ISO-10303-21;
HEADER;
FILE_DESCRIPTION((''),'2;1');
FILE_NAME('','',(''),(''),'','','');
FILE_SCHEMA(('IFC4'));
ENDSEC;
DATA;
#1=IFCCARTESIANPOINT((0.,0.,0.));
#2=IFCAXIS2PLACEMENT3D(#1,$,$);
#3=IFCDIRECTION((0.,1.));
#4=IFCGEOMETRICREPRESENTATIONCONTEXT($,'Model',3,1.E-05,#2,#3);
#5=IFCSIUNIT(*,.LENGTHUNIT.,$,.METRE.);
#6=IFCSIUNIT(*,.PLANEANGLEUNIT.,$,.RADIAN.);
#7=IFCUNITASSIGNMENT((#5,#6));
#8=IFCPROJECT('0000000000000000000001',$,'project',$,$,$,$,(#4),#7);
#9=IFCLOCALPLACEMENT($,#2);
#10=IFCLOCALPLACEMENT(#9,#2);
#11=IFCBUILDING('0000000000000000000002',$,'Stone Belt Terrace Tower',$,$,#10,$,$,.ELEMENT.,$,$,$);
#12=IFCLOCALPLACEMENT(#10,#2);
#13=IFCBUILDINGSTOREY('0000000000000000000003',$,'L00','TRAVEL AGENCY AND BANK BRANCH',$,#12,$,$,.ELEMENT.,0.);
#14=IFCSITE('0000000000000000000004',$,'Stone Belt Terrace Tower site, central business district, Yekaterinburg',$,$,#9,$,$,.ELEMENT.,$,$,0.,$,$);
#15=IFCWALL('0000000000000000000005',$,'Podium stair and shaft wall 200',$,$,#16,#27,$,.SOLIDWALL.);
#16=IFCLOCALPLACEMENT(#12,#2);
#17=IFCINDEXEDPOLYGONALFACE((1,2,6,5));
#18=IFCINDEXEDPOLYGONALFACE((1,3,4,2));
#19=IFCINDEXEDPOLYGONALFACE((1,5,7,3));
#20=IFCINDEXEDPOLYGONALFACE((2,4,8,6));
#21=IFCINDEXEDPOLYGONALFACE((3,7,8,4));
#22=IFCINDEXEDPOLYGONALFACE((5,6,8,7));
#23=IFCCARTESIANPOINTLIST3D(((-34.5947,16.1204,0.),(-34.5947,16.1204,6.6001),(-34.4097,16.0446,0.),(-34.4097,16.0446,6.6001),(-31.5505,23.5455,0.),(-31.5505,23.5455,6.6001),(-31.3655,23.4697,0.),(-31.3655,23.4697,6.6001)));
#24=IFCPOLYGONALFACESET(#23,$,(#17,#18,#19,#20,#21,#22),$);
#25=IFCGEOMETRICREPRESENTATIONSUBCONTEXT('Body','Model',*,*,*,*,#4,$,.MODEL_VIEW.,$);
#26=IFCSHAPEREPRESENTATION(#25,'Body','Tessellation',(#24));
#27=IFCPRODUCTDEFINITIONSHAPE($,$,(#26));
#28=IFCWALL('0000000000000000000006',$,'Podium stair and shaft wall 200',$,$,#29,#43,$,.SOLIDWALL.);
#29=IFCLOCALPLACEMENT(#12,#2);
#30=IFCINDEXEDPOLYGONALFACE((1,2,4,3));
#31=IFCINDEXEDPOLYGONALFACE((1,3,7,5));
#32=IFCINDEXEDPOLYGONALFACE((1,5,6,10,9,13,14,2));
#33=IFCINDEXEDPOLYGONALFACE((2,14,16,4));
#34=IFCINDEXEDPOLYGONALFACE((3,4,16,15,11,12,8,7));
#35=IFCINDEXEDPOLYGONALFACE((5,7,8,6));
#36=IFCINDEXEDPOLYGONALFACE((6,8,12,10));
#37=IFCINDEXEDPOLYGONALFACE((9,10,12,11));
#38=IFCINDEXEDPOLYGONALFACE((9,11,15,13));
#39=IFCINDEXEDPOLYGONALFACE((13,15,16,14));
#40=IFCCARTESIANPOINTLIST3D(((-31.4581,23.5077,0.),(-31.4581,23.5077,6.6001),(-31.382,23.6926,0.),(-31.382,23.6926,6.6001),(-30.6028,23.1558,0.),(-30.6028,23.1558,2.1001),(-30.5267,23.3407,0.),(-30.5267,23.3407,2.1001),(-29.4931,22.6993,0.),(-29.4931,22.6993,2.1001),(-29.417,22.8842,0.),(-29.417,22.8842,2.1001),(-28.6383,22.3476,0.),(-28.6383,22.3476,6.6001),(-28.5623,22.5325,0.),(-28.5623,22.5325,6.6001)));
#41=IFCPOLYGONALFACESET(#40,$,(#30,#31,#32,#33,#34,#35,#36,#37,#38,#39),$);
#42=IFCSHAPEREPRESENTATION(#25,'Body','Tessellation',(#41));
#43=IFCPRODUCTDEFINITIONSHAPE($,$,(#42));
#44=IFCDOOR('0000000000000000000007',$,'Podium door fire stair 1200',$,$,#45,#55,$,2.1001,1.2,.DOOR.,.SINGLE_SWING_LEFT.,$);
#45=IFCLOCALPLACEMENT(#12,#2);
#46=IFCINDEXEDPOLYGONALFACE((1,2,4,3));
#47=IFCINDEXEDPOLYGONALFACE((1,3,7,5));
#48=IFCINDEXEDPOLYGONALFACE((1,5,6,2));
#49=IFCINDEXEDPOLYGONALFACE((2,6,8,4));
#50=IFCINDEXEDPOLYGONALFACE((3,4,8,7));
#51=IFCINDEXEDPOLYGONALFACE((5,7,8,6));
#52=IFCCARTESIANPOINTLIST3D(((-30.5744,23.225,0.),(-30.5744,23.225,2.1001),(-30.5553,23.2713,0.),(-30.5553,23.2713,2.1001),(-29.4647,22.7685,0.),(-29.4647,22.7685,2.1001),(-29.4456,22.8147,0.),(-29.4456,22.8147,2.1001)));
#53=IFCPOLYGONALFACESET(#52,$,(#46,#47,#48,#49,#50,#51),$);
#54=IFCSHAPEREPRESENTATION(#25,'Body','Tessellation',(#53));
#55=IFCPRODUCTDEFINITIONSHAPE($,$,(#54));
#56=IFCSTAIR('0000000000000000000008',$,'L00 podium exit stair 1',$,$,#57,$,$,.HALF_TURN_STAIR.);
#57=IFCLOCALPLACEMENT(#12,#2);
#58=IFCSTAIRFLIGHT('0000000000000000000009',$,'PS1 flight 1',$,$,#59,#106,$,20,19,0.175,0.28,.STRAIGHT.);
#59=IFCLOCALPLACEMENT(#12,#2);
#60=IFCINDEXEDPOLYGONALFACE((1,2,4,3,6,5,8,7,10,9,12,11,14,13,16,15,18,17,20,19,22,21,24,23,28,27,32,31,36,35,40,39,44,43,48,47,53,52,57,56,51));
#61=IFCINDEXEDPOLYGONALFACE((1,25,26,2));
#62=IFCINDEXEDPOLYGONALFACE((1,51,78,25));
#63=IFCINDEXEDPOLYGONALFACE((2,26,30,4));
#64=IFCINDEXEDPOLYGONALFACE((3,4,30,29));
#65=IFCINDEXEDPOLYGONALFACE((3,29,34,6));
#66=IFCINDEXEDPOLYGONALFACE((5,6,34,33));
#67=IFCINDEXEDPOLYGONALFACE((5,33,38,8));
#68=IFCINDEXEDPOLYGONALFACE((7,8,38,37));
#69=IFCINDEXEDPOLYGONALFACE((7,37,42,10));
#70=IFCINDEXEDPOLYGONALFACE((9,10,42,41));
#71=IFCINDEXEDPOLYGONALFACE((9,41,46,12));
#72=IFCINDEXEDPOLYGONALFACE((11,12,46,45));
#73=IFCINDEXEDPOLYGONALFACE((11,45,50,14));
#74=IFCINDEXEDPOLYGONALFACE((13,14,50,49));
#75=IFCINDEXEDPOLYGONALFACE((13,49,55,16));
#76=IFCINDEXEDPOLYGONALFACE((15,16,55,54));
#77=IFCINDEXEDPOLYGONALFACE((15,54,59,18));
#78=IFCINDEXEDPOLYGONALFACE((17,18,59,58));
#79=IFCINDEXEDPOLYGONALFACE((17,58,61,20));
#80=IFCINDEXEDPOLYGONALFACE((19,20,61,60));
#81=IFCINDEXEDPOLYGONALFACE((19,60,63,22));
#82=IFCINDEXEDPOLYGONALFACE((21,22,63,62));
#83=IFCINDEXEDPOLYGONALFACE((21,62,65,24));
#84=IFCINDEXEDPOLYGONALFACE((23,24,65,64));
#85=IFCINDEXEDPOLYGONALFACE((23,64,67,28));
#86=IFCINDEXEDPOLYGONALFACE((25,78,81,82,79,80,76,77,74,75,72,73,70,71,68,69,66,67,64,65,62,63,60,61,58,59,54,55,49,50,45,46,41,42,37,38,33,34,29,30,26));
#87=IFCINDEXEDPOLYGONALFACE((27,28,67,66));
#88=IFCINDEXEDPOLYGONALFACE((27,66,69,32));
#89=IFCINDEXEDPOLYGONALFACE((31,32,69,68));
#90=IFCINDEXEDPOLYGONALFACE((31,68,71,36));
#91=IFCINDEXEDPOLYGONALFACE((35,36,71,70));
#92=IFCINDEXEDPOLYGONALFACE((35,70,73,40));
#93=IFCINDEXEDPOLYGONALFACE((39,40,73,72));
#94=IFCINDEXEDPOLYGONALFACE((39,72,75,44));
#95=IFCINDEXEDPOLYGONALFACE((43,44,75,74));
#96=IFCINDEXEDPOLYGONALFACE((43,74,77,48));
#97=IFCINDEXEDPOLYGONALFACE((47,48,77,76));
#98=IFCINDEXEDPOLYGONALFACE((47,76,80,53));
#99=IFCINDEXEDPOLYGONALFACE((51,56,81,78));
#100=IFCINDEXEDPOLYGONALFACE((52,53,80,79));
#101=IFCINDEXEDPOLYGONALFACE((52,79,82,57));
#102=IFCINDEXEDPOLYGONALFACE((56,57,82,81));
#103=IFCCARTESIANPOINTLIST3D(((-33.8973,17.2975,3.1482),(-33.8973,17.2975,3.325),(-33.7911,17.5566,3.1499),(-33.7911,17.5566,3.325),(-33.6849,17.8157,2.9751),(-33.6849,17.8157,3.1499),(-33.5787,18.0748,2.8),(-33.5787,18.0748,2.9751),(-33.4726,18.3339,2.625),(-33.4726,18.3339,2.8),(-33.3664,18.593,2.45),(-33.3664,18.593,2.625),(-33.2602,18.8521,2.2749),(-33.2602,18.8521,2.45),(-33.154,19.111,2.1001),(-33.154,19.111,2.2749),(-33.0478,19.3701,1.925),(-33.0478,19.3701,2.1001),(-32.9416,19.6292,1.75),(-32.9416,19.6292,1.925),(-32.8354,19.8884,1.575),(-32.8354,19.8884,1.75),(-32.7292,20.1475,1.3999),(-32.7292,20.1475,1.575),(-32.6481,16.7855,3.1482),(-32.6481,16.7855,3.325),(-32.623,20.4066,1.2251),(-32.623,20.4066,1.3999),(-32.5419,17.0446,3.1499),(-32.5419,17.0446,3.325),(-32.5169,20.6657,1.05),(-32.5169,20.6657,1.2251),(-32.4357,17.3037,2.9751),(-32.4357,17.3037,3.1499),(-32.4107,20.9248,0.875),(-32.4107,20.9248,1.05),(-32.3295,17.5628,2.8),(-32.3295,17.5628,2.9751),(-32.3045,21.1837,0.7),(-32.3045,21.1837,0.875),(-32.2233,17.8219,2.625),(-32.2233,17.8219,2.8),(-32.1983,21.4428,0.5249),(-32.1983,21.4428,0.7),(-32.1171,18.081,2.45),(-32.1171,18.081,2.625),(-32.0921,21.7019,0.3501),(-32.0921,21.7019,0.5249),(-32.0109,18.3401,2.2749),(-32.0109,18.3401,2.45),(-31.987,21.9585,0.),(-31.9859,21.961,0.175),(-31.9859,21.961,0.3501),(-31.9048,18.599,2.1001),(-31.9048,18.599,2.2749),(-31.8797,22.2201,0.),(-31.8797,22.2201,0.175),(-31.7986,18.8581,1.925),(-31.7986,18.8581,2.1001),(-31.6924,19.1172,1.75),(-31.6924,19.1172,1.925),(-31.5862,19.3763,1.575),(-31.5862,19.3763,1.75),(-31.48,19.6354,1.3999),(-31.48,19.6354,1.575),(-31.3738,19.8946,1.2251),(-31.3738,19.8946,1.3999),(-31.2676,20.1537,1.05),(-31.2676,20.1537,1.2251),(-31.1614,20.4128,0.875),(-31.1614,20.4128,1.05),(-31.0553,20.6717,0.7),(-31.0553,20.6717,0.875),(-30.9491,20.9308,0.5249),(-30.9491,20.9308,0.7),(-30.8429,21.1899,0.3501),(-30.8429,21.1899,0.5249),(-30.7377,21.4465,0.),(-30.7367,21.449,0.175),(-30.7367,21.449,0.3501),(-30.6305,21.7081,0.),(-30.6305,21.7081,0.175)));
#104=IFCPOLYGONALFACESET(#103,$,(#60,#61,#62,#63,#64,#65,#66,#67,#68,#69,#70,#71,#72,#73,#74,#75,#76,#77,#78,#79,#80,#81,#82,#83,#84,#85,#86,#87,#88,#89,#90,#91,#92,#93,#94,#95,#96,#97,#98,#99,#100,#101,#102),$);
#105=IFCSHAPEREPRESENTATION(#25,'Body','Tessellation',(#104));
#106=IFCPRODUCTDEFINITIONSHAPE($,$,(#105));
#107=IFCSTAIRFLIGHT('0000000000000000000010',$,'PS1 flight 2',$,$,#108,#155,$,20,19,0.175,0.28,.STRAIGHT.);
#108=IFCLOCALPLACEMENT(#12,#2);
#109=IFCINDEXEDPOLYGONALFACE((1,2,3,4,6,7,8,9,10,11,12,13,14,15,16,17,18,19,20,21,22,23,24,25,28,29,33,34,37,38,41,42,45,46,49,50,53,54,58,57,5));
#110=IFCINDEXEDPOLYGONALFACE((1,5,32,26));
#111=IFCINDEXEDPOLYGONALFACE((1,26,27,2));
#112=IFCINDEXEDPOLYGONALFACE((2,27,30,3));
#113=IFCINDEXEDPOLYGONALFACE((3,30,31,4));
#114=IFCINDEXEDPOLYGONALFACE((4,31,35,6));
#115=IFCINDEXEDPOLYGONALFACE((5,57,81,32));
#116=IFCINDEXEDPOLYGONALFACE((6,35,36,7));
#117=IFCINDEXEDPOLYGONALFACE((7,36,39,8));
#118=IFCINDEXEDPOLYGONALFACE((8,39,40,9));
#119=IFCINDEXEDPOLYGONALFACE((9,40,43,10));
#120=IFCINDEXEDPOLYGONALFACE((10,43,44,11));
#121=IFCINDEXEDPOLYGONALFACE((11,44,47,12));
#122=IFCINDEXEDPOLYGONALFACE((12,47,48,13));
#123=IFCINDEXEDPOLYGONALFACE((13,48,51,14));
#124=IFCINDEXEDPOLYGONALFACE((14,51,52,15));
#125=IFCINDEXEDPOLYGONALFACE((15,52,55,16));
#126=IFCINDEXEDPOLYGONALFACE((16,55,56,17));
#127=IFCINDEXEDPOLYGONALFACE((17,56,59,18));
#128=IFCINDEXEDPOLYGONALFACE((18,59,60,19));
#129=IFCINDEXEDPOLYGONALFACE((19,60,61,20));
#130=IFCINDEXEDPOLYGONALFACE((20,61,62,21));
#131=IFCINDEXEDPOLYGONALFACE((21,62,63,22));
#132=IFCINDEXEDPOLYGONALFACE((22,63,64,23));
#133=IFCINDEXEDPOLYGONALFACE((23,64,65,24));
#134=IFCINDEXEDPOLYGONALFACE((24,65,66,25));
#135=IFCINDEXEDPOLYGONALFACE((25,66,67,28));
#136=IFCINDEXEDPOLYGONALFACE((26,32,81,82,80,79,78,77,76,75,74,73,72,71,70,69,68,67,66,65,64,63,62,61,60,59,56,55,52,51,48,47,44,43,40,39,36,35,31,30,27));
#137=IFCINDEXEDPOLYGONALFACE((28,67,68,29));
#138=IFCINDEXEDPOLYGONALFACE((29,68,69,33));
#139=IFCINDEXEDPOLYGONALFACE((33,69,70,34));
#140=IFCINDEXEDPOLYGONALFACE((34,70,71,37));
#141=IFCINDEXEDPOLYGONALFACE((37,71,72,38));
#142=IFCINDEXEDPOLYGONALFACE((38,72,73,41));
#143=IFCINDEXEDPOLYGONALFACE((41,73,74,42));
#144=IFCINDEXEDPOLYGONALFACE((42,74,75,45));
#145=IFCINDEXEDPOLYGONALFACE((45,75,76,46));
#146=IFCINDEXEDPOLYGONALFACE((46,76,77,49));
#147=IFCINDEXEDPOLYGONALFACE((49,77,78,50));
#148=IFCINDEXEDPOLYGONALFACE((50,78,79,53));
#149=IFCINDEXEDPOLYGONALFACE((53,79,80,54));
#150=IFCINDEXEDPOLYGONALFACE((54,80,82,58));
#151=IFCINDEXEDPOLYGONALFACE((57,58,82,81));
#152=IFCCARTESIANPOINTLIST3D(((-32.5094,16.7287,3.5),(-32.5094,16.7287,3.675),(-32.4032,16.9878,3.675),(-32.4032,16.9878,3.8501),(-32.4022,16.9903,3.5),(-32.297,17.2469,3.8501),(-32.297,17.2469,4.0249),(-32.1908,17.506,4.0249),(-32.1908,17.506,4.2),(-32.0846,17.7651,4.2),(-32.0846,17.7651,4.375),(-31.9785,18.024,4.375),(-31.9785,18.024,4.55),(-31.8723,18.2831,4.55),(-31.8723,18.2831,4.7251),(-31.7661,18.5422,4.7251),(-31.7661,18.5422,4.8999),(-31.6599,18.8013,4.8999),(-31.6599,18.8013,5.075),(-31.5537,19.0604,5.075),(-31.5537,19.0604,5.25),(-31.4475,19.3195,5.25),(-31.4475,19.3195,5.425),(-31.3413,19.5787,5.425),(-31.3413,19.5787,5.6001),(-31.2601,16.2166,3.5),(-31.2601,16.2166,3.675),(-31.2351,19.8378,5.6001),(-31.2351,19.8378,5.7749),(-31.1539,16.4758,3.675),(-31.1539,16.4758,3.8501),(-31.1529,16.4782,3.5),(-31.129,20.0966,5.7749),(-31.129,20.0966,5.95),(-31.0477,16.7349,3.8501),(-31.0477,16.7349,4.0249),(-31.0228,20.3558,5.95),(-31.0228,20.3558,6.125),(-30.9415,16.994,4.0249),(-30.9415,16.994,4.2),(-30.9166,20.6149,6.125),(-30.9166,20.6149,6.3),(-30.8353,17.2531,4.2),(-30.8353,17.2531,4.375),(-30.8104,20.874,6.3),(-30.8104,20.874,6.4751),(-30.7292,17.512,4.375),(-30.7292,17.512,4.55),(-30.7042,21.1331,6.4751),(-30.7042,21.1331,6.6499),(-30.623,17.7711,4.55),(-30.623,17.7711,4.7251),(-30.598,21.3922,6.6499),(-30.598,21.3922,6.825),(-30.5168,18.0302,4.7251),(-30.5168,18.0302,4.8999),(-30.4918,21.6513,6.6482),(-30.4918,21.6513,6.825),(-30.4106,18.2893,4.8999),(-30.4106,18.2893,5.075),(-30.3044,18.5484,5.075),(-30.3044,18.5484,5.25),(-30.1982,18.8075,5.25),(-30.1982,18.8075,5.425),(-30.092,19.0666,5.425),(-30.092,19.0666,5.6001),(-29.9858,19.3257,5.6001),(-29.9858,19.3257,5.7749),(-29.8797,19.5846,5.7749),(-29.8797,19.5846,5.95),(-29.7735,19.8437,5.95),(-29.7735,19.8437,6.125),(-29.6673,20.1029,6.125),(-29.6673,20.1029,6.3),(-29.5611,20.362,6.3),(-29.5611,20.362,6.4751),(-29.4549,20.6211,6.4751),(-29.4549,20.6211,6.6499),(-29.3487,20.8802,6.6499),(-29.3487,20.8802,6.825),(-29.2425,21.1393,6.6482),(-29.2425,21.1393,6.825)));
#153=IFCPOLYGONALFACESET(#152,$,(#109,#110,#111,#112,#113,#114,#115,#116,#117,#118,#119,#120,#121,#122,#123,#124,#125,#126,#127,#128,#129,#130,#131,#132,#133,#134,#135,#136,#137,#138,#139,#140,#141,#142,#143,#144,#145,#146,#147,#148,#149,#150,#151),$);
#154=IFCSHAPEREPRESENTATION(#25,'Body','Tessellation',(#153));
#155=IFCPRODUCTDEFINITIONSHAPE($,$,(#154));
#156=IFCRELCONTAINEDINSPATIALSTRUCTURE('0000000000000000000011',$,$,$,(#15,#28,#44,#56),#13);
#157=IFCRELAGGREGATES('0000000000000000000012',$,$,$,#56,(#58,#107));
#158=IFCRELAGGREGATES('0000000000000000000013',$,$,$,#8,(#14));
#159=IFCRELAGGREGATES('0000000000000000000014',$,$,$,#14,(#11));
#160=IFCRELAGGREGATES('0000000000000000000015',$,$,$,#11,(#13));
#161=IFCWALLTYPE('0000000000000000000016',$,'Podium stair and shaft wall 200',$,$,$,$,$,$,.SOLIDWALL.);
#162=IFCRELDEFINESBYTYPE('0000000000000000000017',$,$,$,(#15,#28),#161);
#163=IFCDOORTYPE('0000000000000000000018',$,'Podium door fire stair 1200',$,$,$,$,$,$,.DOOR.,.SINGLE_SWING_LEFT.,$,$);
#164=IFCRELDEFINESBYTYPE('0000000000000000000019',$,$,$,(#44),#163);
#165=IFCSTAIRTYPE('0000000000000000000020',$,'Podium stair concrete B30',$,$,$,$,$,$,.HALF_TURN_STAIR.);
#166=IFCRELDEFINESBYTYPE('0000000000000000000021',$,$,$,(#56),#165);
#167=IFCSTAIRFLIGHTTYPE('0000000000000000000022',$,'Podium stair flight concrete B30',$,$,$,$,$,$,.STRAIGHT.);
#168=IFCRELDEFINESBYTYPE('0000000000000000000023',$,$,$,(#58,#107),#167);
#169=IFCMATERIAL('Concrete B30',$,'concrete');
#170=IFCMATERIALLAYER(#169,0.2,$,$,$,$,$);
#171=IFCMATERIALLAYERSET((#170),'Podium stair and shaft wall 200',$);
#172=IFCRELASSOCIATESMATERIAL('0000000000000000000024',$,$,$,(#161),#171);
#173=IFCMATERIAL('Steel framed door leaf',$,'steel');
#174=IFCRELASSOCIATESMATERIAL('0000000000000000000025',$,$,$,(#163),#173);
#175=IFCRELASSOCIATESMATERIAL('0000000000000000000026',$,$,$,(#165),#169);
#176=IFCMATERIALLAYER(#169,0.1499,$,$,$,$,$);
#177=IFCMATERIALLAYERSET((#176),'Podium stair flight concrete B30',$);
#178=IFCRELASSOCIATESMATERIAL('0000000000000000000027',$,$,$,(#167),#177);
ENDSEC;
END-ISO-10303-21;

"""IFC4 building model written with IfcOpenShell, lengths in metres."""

from ifc_helpers import new_model, si_unit, direction, frame, frame_2d, origin, place, context, subcontext, project, spatial, polyline, rectangle, outline, extrude, material, layer, layer_set, type_object, element, fill, aggregate, save


model = new_model("IFC4")

# Units and contexts
model_context = context("Model", 3, precision=1e-05, world=origin(), true_north=direction((0.0, 1.0)))
body_context = subcontext(model_context, "Body", "Model", "MODEL_VIEW")
ifc_project = project(units=[si_unit("LENGTHUNIT", "METRE"), si_unit("PLANEANGLEUNIT", "RADIAN")], contexts=[model_context])

# Site, building, storey
site_placement = place(None, origin())
site = spatial("IfcSite", under=ifc_project, at=site_placement, Name="Stone Belt Terrace Tower site, central business district, Yekaterinburg", CompositionType="ELEMENT", RefElevation=0.0)
building_placement = place(site_placement, origin())
building = spatial("IfcBuilding", under=site, at=building_placement, Name="Stone Belt Terrace Tower", CompositionType="ELEMENT")
storey_placement = place(building_placement, origin())
storey = spatial("IfcBuildingStorey", under=building, at=storey_placement, Name="L00", Description="TRAVEL AGENCY AND BANK BRANCH", CompositionType="ELEMENT", Elevation=0.0)

# Shared definitions
ifc_material_1 = material(Name="Steel framed door leaf", Category="steel")

# Wall
ifc_material_2 = material(Name="Concrete B30", Category="concrete")
ifc_layer_1 = layer(ifc_material_2, 0.2)
ifc_layer_set_1 = layer_set([ifc_layer_1], Name="Podium stair and shaft wall 200")
wall_type_1 = type_object("IfcWallType", Name="Podium stair and shaft wall 200", PredefinedType="SOLIDWALL", material=ifc_layer_set_1)
wall_1_placement = place(storey_placement, frame((-34.5022, 16.0825, 0.0), z_axis=(0.0, 0.0, 1.0), x_axis=(0.379345, 0.925255, 0.0)))
element("IfcWall", 1, at=wall_1_placement, inside=storey, type_object=wall_type_1, Name="Podium stair and shaft wall 200", PredefinedType="SOLIDWALL", context=body_context, shape_type="SweptSolid", body=[
    extrude(rectangle(XDim=8.0249, YDim=0.2, at=frame_2d((4.0125, 0.0))), origin(), (0.0, 0.0, 1.0), 6.6001),
])

# Wall, opening, door
wall_2_placement = place(storey_placement, frame((-31.4199, 23.6001, 0.0), z_axis=(0.0, 0.0, 1.0), x_axis=(0.924788, -0.380484, 0.0)))
wall_2 = element("IfcWall", 2, at=wall_2_placement, inside=storey, type_object=wall_type_1, Name="Podium stair and shaft wall 200", PredefinedType="SOLIDWALL", context=body_context, shape_type="SweptSolid", body=[
    extrude(rectangle(XDim=3.0491, YDim=0.2, at=frame_2d((1.5244, 0.0))), origin(), (0.0, 0.0, 1.0), 6.6001),
])
opening_1_placement = place(wall_2_placement, frame((0.9246, 0.0, 0.0)))
opening_1 = element("IfcOpeningElement", 3, at=opening_1_placement, cuts=wall_2, PredefinedType="OPENING", context=body_context, shape_type="SweptSolid", body=[
    extrude(rectangle(XDim=1.2, YDim=2.1001, at=frame_2d((0.6001, 1.05))), frame((0.0, 0.1099, 0.0), z_axis=(0.0, -1.0, 0.0), x_axis=(1.0, 0.0, 0.0)), (0.0, 0.0, 1.0), 0.22),
])
door_type_1 = type_object("IfcDoorType", Name="Podium door fire stair 1200", OperationType="SINGLE_SWING_LEFT", PredefinedType="DOOR", material=ifc_material_1)
door_1_placement = place(opening_1_placement, origin())
door_1 = element("IfcDoor", 4, at=door_1_placement, inside=storey, type_object=door_type_1, Name="Podium door fire stair 1200", OperationType="SINGLE_SWING_LEFT", OverallHeight=2.1001, OverallWidth=1.2, PredefinedType="DOOR", context=body_context, shape_type="SweptSolid", body=[
    extrude(rectangle(XDim=1.2, YDim=2.1001, at=frame_2d((0.6001, 1.05))), frame((0.0, 0.0249, 0.0), z_axis=(0.0, -1.0, 0.0), x_axis=(1.0, 0.0, 0.0)), (0.0, 0.0, 1.0), 0.05),
])
fill(opening_1, door_1)

# Stair, stair flights
stair_type = type_object("IfcStairType", Name="Podium stair concrete B30", PredefinedType="HALF_TURN_STAIR", material=ifc_material_2)
stair_placement = place(storey_placement, origin())
stair = element("IfcStair", 5, at=stair_placement, inside=storey, type_object=stair_type, Name="L00 podium exit stair 1", PredefinedType="HALF_TURN_STAIR")
ifc_layer_2 = layer(ifc_material_2, 0.1499)
ifc_layer_set_2 = layer_set([ifc_layer_2], Name="Podium stair flight concrete B30")
stair_flight_type = type_object("IfcStairFlightType", Name="Podium stair flight concrete B30", PredefinedType="STRAIGHT", material=ifc_layer_set_2)
stair_flight_1_placement = place(storey_placement, frame((-31.2551, 21.9641, 0.0), z_axis=(0.0, 0.0, 1.0), x_axis=(-0.379243, -0.925297, 0.0)))
stair_flight_1 = element("IfcStairFlight", 6, at=stair_flight_1_placement, type_object=stair_flight_type, Name="PS1 flight 1", NumberOfRisers=20, NumberOfTreads=19, PredefinedType="STRAIGHT", RiserHeight=0.175, TreadLength=0.28, context=body_context, shape_type="SweptSolid", body=[
    extrude(outline(polyline([(0.0, 0.0), (0.0, 0.175), (0.28, 0.175), (0.28, 0.3501), (0.5601, 0.3501), (0.5601, 0.5249), (0.8401, 0.5249), (0.8401, 0.7), (1.1201, 0.7), (1.1201, 0.875), (1.3999, 0.875), (1.3999, 1.05), (1.6799, 1.05), (1.6799, 1.2251), (1.96, 1.2251), (1.96, 1.3999), (2.24, 1.3999), (2.24, 1.575), (2.52, 1.575), (2.52, 1.75), (2.8, 1.75), (2.8, 1.925), (3.0801, 1.925), (3.0801, 2.1001), (3.3601, 2.1001), (3.3601, 2.2749), (3.6399, 2.2749), (3.6399, 2.45), (3.9199, 2.45), (3.9199, 2.625), (4.2, 2.625), (4.2, 2.8), (4.48, 2.8), (4.48, 2.9751), (4.76, 2.9751), (4.76, 3.1499), (5.04, 3.1499), (5.04, 3.325), (5.3201, 3.325), (5.3201, 3.5), (5.3201, 3.1482), (0.2827, 0.0), (0.0, 0.0)])), frame((0.0, 0.675, 0.0), z_axis=(0.0, -1.0, 0.0), x_axis=(1.0, 0.0, 0.0)), (0.0, 0.0, 1.0), 1.3501),
])
stair_flight_2_placement = place(storey_placement, frame((-31.8848, 16.4727, 3.5), z_axis=(0.0, 0.0, 1.0), x_axis=(0.379243, 0.925297, 0.0)))
stair_flight_2 = element("IfcStairFlight", 7, at=stair_flight_2_placement, type_object=stair_flight_type, Name="PS1 flight 2", NumberOfRisers=20, NumberOfTreads=19, PredefinedType="STRAIGHT", RiserHeight=0.175, TreadLength=0.28, context=body_context, shape_type="SweptSolid", body=[
    extrude(outline(polyline([(0.0, 0.0), (0.0, 0.175), (0.28, 0.175), (0.28, 0.3501), (0.5601, 0.3501), (0.5601, 0.5249), (0.8401, 0.5249), (0.8401, 0.7), (1.1201, 0.7), (1.1201, 0.875), (1.3999, 0.875), (1.3999, 1.05), (1.6799, 1.05), (1.6799, 1.2251), (1.96, 1.2251), (1.96, 1.3999), (2.24, 1.3999), (2.24, 1.575), (2.52, 1.575), (2.52, 1.75), (2.8, 1.75), (2.8, 1.925), (3.0801, 1.925), (3.0801, 2.1001), (3.3601, 2.1001), (3.3601, 2.2749), (3.6399, 2.2749), (3.6399, 2.45), (3.9199, 2.45), (3.9199, 2.625), (4.2, 2.625), (4.2, 2.8), (4.48, 2.8), (4.48, 2.9751), (4.76, 2.9751), (4.76, 3.1499), (5.04, 3.1499), (5.04, 3.325), (5.3201, 3.325), (5.3201, 3.5), (5.3201, 3.1482), (0.2827, 0.0), (0.0, 0.0)])), frame((0.0, 0.675, 0.0), z_axis=(0.0, -1.0, 0.0), x_axis=(1.0, 0.0, 0.0)), (0.0, 0.0, 1.0), 1.3501),
])
aggregate(stair, [stair_flight_1, stair_flight_2])

save(model, "model.ifc")
